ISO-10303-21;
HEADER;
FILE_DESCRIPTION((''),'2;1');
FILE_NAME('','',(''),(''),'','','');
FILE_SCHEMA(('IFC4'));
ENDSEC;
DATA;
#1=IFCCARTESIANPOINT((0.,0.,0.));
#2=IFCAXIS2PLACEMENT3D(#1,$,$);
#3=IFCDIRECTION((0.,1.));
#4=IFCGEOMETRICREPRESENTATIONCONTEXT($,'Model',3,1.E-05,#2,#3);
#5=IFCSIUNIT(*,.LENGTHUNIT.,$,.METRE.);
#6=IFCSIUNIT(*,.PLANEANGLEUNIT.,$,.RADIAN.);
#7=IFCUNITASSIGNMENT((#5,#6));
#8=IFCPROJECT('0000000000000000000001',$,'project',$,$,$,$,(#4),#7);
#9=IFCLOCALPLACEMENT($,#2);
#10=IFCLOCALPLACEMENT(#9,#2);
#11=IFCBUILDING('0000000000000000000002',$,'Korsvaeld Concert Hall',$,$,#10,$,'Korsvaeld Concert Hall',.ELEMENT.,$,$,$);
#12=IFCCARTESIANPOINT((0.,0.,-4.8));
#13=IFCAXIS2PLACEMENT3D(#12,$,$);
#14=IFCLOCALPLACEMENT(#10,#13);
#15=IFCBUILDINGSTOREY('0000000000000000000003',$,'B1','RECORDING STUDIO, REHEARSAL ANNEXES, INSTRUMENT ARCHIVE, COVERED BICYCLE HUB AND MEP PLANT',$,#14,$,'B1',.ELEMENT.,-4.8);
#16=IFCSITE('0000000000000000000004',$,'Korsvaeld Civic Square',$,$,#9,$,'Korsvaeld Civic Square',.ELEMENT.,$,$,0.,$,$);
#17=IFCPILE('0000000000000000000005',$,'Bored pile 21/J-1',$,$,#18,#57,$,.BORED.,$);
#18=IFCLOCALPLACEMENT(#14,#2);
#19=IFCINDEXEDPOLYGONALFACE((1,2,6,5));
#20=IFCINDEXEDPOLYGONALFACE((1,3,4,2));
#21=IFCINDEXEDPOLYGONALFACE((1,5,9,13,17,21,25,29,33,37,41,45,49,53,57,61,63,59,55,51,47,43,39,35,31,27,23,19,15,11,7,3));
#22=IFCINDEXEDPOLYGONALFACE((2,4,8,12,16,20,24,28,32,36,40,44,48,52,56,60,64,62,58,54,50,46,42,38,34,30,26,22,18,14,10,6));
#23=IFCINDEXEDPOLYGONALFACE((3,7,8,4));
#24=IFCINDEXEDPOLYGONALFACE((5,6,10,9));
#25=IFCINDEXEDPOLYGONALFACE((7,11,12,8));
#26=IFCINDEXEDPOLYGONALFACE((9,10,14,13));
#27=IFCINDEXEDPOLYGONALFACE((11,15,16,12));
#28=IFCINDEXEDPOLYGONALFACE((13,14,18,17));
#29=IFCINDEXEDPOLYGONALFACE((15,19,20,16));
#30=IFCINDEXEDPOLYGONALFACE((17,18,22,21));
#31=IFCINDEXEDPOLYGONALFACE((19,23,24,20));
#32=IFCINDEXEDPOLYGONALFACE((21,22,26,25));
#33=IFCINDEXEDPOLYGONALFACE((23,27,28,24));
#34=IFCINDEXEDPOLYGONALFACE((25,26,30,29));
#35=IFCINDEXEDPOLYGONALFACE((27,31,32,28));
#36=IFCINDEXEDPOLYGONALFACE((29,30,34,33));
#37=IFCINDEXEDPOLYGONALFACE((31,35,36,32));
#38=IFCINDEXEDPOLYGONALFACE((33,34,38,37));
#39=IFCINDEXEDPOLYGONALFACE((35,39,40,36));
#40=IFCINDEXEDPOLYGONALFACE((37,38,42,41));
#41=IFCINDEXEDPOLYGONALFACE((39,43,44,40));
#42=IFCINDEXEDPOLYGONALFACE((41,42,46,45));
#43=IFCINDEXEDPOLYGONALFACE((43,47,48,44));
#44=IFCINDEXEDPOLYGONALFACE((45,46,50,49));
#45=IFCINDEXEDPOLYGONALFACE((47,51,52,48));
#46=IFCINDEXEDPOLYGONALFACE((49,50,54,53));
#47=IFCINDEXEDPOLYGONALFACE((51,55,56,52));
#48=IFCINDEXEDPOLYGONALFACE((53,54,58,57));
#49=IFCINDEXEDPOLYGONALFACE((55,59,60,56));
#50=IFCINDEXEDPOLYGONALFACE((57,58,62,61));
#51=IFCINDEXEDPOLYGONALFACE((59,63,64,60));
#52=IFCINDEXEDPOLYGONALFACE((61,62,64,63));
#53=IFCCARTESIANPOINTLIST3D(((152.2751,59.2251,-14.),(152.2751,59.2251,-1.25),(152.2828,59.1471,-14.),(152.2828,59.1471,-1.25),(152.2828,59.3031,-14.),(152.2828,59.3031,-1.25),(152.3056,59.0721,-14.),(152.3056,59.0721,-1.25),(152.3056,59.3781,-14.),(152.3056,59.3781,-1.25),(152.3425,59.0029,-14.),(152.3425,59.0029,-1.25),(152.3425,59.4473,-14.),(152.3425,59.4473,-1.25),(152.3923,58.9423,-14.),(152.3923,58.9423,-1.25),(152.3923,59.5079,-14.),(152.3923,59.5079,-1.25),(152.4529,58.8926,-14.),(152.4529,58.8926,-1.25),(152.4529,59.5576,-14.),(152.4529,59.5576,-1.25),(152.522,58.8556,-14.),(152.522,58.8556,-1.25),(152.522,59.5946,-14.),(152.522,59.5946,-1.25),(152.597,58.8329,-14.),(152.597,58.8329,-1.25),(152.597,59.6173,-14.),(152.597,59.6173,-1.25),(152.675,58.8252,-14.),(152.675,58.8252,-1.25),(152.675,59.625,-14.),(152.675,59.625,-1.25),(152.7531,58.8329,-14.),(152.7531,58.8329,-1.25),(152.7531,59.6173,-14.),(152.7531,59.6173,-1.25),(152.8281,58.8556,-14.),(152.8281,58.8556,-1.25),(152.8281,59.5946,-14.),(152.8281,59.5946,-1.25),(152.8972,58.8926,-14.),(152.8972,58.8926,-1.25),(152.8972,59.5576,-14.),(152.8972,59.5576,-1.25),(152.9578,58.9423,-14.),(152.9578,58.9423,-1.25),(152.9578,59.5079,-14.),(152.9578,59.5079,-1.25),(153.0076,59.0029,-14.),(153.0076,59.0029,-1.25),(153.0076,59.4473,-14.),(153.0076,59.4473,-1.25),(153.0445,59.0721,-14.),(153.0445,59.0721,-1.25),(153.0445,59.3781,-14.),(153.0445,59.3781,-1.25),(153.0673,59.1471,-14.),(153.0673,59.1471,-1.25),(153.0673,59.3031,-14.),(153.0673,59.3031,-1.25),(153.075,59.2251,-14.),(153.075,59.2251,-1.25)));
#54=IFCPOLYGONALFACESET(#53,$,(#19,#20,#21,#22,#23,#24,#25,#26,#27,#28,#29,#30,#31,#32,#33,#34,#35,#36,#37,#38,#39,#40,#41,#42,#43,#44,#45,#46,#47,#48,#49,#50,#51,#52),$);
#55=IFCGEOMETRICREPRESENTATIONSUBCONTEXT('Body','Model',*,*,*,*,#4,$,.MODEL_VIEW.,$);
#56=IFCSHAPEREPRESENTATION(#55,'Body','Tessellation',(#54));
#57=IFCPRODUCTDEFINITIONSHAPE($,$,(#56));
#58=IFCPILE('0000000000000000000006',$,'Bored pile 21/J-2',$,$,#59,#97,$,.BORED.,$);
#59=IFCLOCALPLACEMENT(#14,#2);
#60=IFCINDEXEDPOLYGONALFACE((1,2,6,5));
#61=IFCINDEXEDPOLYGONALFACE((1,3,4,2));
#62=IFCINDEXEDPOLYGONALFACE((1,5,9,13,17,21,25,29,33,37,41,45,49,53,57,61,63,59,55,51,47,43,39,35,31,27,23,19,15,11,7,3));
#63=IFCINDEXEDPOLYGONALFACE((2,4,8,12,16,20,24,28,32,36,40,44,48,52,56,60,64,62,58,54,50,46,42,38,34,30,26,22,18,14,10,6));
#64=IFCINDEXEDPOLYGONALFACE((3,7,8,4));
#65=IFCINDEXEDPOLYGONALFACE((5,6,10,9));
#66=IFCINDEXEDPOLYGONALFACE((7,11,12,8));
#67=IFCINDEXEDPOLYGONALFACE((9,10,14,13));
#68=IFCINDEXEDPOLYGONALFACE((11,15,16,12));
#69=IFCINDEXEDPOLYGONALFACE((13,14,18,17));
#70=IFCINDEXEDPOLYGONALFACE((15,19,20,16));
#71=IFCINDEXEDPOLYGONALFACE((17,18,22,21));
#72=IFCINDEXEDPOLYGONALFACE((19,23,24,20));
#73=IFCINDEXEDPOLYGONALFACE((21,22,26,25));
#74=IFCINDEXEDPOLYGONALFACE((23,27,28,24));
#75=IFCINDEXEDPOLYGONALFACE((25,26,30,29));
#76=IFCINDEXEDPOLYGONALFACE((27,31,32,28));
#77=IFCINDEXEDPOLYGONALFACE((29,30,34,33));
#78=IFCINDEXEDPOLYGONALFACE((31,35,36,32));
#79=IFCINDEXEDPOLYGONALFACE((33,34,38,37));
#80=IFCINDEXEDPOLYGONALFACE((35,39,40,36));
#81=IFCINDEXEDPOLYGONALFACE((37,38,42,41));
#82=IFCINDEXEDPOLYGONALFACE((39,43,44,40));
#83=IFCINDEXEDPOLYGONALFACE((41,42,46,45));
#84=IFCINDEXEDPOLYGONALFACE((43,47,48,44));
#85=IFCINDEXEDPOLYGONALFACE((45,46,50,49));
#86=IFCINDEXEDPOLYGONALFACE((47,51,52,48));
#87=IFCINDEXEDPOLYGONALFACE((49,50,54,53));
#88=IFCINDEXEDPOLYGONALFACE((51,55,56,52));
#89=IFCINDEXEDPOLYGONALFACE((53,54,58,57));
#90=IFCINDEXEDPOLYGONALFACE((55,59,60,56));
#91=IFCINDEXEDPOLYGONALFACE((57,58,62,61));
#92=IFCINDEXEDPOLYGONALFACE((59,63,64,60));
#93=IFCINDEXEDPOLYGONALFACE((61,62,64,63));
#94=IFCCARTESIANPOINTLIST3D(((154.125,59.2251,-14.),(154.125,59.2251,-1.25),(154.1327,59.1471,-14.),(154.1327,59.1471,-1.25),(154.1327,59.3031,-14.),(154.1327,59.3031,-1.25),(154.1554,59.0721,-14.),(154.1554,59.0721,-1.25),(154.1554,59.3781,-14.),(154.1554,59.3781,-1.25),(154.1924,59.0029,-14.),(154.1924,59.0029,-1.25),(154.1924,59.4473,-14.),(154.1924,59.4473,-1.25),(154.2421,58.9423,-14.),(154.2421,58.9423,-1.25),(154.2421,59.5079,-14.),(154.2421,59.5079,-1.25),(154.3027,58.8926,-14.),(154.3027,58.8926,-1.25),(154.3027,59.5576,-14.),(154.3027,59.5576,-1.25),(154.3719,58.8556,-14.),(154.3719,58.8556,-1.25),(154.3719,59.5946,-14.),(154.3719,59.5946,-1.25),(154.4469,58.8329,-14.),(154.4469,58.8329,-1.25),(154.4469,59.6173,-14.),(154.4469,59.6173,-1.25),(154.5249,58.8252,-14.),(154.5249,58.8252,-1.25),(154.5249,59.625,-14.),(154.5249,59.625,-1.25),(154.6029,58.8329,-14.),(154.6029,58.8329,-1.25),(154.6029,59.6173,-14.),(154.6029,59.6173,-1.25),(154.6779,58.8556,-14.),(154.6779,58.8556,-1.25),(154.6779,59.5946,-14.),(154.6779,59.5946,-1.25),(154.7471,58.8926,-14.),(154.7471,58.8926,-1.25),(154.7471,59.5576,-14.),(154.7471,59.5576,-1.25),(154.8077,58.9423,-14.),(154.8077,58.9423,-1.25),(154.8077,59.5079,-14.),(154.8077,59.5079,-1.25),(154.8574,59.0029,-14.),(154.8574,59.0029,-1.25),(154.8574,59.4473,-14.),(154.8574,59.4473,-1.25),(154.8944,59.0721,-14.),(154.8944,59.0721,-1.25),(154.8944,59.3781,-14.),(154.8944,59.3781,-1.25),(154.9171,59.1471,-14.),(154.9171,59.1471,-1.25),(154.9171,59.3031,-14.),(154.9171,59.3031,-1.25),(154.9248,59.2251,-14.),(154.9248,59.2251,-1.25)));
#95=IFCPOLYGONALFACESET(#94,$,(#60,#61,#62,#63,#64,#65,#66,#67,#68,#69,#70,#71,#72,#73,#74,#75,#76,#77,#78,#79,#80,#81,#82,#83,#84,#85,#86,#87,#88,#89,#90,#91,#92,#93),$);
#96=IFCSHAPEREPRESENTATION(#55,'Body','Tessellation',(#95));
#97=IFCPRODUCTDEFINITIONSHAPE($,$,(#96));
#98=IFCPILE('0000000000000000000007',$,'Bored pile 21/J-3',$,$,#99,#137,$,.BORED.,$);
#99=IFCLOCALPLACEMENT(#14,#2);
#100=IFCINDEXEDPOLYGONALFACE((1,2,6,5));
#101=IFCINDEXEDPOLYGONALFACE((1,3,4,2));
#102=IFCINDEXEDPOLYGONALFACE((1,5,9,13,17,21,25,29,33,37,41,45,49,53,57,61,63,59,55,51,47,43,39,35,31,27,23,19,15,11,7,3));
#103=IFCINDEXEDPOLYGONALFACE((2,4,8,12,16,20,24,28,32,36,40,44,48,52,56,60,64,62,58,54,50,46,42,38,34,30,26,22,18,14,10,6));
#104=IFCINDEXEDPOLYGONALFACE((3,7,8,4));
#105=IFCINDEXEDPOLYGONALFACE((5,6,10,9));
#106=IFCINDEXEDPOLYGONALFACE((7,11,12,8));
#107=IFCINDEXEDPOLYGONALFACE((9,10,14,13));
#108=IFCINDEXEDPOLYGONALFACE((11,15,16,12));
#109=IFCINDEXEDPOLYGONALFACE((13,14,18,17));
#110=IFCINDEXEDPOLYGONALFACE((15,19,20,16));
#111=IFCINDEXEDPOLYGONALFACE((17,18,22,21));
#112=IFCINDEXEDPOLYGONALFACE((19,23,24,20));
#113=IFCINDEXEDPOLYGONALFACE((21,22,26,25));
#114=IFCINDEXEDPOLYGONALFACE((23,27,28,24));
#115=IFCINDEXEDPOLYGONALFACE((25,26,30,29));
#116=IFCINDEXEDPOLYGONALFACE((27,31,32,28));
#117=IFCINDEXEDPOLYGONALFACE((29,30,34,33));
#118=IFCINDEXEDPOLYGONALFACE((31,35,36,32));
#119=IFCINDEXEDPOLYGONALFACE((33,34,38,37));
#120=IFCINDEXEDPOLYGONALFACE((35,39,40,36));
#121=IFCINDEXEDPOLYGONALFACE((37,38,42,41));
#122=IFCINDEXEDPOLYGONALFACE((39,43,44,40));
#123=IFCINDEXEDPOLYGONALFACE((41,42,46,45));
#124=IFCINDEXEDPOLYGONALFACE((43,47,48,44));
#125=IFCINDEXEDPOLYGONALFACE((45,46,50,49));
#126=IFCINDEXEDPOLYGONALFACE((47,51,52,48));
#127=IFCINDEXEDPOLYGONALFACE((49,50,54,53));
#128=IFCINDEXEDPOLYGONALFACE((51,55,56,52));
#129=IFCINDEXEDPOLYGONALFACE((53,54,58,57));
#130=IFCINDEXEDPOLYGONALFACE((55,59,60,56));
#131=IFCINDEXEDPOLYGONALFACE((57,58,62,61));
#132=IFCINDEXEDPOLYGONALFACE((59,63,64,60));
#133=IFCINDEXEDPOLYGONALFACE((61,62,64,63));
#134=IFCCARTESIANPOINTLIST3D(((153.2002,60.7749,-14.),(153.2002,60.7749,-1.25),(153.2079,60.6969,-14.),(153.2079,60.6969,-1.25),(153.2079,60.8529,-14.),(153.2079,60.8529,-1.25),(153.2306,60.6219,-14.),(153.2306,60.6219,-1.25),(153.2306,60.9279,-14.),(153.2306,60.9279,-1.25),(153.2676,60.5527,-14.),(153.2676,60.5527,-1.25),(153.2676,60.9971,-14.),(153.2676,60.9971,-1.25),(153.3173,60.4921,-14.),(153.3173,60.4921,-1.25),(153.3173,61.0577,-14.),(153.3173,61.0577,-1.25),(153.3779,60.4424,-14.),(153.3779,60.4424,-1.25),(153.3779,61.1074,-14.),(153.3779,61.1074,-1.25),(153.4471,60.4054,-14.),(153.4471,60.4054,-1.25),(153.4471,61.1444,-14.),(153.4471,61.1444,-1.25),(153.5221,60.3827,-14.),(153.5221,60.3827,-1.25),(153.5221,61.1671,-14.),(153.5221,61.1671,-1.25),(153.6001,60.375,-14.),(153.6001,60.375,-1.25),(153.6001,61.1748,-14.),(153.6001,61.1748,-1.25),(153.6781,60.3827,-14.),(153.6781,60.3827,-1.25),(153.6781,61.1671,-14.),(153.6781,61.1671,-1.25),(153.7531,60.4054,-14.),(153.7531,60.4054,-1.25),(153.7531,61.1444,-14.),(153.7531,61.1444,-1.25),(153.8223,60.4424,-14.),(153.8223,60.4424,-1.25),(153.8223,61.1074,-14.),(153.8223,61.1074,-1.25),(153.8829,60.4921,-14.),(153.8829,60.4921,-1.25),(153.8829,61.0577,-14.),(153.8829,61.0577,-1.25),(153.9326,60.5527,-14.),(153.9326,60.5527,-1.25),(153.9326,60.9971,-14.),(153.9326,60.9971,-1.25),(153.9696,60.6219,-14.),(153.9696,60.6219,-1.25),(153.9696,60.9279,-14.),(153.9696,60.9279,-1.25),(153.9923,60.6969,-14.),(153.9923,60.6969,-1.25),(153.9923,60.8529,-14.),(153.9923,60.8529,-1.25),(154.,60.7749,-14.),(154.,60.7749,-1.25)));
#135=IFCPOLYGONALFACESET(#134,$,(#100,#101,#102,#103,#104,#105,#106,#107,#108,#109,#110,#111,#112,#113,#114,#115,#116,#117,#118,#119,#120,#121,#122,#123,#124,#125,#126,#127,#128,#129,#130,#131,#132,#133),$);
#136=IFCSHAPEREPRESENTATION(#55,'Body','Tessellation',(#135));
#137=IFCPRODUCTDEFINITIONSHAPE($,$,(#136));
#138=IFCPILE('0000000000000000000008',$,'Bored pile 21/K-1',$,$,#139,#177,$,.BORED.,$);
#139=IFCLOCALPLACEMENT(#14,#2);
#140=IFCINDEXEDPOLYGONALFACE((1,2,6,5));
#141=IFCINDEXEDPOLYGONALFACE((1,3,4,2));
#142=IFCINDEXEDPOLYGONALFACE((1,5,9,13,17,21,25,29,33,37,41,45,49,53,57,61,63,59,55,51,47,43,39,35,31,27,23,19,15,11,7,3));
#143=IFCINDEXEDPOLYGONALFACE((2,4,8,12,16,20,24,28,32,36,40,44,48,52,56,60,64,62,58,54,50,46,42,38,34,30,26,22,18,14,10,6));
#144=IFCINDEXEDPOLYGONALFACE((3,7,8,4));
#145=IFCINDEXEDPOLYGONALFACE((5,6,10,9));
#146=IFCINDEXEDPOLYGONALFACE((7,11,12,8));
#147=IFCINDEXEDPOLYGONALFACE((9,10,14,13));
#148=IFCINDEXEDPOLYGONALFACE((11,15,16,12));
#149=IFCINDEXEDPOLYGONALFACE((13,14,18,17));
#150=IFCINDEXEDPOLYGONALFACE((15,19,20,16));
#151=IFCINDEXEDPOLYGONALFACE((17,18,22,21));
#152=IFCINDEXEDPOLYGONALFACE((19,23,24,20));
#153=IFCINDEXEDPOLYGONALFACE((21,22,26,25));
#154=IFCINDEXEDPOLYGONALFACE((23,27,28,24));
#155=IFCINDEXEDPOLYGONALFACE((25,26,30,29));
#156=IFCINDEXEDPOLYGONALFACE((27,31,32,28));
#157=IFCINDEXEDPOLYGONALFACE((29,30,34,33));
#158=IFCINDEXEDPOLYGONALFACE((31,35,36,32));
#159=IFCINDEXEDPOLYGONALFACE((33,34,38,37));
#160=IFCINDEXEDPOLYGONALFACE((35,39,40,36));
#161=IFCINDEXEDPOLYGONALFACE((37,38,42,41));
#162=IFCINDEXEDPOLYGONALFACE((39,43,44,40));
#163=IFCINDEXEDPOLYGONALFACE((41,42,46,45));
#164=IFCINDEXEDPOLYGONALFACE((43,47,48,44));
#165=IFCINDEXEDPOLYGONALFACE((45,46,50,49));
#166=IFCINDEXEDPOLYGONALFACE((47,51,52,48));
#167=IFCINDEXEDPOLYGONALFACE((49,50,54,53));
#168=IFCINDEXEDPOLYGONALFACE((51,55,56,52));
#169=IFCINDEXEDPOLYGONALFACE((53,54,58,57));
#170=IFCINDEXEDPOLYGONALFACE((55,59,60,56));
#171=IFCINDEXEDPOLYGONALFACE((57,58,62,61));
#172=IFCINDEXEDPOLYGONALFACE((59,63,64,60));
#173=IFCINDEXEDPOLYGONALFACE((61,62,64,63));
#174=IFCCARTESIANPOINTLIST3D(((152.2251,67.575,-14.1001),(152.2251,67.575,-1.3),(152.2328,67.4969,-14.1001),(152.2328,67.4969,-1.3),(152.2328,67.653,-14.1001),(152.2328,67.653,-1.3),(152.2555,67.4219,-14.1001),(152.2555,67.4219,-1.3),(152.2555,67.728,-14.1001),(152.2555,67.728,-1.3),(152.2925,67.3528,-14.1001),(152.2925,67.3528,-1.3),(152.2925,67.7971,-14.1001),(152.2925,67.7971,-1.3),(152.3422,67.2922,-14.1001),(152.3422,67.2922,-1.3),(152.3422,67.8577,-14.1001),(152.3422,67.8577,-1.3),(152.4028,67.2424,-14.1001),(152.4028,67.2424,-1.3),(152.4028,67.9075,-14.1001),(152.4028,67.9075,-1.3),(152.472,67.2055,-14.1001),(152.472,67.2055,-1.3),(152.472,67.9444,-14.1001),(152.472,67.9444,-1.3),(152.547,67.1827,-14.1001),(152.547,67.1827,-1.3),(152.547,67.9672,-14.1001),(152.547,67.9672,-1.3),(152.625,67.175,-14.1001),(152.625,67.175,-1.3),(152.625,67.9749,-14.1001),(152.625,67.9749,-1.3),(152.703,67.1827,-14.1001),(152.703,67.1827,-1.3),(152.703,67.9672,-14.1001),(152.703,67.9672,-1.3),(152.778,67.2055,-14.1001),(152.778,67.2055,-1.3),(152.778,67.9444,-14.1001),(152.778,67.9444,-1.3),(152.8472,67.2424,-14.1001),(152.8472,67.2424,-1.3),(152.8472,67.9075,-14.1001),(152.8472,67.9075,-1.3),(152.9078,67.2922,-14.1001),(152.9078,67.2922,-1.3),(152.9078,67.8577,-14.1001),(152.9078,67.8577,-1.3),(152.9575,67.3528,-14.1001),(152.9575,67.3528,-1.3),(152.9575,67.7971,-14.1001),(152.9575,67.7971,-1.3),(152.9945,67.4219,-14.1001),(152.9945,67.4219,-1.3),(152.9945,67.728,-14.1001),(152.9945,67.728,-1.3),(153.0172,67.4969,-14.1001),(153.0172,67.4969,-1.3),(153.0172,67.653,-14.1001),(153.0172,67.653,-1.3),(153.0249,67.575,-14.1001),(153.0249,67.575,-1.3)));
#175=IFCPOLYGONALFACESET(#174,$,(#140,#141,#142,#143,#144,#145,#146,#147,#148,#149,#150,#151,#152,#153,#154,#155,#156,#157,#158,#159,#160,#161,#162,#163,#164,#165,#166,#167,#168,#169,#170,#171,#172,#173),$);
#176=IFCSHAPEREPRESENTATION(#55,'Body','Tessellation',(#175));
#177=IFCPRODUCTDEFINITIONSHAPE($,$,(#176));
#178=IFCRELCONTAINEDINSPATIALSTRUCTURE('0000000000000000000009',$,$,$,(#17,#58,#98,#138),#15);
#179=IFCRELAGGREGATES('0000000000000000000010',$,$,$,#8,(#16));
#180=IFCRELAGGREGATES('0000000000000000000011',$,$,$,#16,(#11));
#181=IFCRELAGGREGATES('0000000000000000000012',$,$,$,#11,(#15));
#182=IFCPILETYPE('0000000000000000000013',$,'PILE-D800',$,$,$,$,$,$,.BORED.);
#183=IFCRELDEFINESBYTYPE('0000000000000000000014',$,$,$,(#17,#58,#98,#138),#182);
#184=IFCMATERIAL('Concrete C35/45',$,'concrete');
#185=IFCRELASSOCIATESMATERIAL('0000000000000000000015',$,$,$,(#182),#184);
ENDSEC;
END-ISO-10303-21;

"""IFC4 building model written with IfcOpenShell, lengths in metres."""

from ifc_helpers import new_model, si_unit, direction, frame, origin, origin_2d, place, context, subcontext, project, spatial, circle, extrude, material, material_profile, profile_set, type_object, element, save


model = new_model("IFC4")

# Units and contexts
model_context = context("Model", 3, precision=1e-05, world=origin(), true_north=direction((0.0, 1.0)))
body_context = subcontext(model_context, "Body", "Model", "MODEL_VIEW")
ifc_project = project(units=[si_unit("LENGTHUNIT", "METRE"), si_unit("PLANEANGLEUNIT", "RADIAN")], contexts=[model_context])

# Site, building, storey
site_placement = place(None, origin())
site = spatial("IfcSite", under=ifc_project, at=site_placement, Name="Korsvaeld Civic Square", LongName="Korsvaeld Civic Square", CompositionType="ELEMENT", RefElevation=0.0)
building_placement = place(site_placement, origin())
building = spatial("IfcBuilding", under=site, at=building_placement, Name="Korsvaeld Concert Hall", LongName="Korsvaeld Concert Hall", CompositionType="ELEMENT")
storey_placement = place(building_placement, frame((0.0, 0.0, -4.8)))
storey = spatial("IfcBuildingStorey", under=building, at=storey_placement, Name="B1", Description="RECORDING STUDIO, REHEARSAL ANNEXES, INSTRUMENT ARCHIVE, COVERED BICYCLE HUB AND MEP PLANT", LongName="B1", CompositionType="ELEMENT", Elevation=-4.8)

# Shared definitions
ifc_material_1 = material(Name="Concrete C35/45", Category="concrete")

# Piles
ifc_material_profile_1 = material_profile(ifc_material_1, circle(Radius=0.3999, at=origin_2d()), Name="BORED PILE D800")
ifc_profile_set_1 = profile_set([ifc_material_profile_1], Name="Concrete C35/45")
pile_type_1 = type_object("IfcPileType", Name="PILE-D800", PredefinedType="BORED", material=ifc_profile_set_1)
for number, where, z_axis, x_axis, name in (
    (1, (152.675, 59.2251, -1.25), (0.0, 0.0, -1.0), (1.0, 0.0, 0.0), "Bored pile 21/J-1"),
    (2, (154.5249, 59.2251, -1.25), (0.0, 0.0, -1.0), (1.0, 0.0, 0.0), "Bored pile 21/J-2"),
    (3, (153.6001, 60.7749, -1.25), (0.0, 0.0, -1.0), (1.0, 0.0, 0.0), "Bored pile 21/J-3"),
):
    element("IfcPile", number, at=place(storey_placement, frame(where, z_axis=z_axis, x_axis=x_axis)), inside=storey, type_object=pile_type_1, Name=name, PredefinedType="BORED", context=body_context, shape_type="SweptSolid", body=[
        extrude(circle(Radius=0.3999, at=origin_2d()), origin(), (0.0, 0.0, 1.0), 12.75),
    ])
for number, where, z_axis, x_axis, name in (
    (4, (152.625, 67.575, -1.3), (0.0, 0.0, -1.0), (1.0, 0.0, 0.0), "Bored pile 21/K-1"),
):
    element("IfcPile", number, at=place(storey_placement, frame(where, z_axis=z_axis, x_axis=x_axis)), inside=storey, type_object=pile_type_1, Name=name, PredefinedType="BORED", context=body_context, shape_type="SweptSolid", body=[
        extrude(circle(Radius=0.3999, at=origin_2d()), origin(), (0.0, 0.0, 1.0), 12.8),
    ])

save(model, "model.ifc")
